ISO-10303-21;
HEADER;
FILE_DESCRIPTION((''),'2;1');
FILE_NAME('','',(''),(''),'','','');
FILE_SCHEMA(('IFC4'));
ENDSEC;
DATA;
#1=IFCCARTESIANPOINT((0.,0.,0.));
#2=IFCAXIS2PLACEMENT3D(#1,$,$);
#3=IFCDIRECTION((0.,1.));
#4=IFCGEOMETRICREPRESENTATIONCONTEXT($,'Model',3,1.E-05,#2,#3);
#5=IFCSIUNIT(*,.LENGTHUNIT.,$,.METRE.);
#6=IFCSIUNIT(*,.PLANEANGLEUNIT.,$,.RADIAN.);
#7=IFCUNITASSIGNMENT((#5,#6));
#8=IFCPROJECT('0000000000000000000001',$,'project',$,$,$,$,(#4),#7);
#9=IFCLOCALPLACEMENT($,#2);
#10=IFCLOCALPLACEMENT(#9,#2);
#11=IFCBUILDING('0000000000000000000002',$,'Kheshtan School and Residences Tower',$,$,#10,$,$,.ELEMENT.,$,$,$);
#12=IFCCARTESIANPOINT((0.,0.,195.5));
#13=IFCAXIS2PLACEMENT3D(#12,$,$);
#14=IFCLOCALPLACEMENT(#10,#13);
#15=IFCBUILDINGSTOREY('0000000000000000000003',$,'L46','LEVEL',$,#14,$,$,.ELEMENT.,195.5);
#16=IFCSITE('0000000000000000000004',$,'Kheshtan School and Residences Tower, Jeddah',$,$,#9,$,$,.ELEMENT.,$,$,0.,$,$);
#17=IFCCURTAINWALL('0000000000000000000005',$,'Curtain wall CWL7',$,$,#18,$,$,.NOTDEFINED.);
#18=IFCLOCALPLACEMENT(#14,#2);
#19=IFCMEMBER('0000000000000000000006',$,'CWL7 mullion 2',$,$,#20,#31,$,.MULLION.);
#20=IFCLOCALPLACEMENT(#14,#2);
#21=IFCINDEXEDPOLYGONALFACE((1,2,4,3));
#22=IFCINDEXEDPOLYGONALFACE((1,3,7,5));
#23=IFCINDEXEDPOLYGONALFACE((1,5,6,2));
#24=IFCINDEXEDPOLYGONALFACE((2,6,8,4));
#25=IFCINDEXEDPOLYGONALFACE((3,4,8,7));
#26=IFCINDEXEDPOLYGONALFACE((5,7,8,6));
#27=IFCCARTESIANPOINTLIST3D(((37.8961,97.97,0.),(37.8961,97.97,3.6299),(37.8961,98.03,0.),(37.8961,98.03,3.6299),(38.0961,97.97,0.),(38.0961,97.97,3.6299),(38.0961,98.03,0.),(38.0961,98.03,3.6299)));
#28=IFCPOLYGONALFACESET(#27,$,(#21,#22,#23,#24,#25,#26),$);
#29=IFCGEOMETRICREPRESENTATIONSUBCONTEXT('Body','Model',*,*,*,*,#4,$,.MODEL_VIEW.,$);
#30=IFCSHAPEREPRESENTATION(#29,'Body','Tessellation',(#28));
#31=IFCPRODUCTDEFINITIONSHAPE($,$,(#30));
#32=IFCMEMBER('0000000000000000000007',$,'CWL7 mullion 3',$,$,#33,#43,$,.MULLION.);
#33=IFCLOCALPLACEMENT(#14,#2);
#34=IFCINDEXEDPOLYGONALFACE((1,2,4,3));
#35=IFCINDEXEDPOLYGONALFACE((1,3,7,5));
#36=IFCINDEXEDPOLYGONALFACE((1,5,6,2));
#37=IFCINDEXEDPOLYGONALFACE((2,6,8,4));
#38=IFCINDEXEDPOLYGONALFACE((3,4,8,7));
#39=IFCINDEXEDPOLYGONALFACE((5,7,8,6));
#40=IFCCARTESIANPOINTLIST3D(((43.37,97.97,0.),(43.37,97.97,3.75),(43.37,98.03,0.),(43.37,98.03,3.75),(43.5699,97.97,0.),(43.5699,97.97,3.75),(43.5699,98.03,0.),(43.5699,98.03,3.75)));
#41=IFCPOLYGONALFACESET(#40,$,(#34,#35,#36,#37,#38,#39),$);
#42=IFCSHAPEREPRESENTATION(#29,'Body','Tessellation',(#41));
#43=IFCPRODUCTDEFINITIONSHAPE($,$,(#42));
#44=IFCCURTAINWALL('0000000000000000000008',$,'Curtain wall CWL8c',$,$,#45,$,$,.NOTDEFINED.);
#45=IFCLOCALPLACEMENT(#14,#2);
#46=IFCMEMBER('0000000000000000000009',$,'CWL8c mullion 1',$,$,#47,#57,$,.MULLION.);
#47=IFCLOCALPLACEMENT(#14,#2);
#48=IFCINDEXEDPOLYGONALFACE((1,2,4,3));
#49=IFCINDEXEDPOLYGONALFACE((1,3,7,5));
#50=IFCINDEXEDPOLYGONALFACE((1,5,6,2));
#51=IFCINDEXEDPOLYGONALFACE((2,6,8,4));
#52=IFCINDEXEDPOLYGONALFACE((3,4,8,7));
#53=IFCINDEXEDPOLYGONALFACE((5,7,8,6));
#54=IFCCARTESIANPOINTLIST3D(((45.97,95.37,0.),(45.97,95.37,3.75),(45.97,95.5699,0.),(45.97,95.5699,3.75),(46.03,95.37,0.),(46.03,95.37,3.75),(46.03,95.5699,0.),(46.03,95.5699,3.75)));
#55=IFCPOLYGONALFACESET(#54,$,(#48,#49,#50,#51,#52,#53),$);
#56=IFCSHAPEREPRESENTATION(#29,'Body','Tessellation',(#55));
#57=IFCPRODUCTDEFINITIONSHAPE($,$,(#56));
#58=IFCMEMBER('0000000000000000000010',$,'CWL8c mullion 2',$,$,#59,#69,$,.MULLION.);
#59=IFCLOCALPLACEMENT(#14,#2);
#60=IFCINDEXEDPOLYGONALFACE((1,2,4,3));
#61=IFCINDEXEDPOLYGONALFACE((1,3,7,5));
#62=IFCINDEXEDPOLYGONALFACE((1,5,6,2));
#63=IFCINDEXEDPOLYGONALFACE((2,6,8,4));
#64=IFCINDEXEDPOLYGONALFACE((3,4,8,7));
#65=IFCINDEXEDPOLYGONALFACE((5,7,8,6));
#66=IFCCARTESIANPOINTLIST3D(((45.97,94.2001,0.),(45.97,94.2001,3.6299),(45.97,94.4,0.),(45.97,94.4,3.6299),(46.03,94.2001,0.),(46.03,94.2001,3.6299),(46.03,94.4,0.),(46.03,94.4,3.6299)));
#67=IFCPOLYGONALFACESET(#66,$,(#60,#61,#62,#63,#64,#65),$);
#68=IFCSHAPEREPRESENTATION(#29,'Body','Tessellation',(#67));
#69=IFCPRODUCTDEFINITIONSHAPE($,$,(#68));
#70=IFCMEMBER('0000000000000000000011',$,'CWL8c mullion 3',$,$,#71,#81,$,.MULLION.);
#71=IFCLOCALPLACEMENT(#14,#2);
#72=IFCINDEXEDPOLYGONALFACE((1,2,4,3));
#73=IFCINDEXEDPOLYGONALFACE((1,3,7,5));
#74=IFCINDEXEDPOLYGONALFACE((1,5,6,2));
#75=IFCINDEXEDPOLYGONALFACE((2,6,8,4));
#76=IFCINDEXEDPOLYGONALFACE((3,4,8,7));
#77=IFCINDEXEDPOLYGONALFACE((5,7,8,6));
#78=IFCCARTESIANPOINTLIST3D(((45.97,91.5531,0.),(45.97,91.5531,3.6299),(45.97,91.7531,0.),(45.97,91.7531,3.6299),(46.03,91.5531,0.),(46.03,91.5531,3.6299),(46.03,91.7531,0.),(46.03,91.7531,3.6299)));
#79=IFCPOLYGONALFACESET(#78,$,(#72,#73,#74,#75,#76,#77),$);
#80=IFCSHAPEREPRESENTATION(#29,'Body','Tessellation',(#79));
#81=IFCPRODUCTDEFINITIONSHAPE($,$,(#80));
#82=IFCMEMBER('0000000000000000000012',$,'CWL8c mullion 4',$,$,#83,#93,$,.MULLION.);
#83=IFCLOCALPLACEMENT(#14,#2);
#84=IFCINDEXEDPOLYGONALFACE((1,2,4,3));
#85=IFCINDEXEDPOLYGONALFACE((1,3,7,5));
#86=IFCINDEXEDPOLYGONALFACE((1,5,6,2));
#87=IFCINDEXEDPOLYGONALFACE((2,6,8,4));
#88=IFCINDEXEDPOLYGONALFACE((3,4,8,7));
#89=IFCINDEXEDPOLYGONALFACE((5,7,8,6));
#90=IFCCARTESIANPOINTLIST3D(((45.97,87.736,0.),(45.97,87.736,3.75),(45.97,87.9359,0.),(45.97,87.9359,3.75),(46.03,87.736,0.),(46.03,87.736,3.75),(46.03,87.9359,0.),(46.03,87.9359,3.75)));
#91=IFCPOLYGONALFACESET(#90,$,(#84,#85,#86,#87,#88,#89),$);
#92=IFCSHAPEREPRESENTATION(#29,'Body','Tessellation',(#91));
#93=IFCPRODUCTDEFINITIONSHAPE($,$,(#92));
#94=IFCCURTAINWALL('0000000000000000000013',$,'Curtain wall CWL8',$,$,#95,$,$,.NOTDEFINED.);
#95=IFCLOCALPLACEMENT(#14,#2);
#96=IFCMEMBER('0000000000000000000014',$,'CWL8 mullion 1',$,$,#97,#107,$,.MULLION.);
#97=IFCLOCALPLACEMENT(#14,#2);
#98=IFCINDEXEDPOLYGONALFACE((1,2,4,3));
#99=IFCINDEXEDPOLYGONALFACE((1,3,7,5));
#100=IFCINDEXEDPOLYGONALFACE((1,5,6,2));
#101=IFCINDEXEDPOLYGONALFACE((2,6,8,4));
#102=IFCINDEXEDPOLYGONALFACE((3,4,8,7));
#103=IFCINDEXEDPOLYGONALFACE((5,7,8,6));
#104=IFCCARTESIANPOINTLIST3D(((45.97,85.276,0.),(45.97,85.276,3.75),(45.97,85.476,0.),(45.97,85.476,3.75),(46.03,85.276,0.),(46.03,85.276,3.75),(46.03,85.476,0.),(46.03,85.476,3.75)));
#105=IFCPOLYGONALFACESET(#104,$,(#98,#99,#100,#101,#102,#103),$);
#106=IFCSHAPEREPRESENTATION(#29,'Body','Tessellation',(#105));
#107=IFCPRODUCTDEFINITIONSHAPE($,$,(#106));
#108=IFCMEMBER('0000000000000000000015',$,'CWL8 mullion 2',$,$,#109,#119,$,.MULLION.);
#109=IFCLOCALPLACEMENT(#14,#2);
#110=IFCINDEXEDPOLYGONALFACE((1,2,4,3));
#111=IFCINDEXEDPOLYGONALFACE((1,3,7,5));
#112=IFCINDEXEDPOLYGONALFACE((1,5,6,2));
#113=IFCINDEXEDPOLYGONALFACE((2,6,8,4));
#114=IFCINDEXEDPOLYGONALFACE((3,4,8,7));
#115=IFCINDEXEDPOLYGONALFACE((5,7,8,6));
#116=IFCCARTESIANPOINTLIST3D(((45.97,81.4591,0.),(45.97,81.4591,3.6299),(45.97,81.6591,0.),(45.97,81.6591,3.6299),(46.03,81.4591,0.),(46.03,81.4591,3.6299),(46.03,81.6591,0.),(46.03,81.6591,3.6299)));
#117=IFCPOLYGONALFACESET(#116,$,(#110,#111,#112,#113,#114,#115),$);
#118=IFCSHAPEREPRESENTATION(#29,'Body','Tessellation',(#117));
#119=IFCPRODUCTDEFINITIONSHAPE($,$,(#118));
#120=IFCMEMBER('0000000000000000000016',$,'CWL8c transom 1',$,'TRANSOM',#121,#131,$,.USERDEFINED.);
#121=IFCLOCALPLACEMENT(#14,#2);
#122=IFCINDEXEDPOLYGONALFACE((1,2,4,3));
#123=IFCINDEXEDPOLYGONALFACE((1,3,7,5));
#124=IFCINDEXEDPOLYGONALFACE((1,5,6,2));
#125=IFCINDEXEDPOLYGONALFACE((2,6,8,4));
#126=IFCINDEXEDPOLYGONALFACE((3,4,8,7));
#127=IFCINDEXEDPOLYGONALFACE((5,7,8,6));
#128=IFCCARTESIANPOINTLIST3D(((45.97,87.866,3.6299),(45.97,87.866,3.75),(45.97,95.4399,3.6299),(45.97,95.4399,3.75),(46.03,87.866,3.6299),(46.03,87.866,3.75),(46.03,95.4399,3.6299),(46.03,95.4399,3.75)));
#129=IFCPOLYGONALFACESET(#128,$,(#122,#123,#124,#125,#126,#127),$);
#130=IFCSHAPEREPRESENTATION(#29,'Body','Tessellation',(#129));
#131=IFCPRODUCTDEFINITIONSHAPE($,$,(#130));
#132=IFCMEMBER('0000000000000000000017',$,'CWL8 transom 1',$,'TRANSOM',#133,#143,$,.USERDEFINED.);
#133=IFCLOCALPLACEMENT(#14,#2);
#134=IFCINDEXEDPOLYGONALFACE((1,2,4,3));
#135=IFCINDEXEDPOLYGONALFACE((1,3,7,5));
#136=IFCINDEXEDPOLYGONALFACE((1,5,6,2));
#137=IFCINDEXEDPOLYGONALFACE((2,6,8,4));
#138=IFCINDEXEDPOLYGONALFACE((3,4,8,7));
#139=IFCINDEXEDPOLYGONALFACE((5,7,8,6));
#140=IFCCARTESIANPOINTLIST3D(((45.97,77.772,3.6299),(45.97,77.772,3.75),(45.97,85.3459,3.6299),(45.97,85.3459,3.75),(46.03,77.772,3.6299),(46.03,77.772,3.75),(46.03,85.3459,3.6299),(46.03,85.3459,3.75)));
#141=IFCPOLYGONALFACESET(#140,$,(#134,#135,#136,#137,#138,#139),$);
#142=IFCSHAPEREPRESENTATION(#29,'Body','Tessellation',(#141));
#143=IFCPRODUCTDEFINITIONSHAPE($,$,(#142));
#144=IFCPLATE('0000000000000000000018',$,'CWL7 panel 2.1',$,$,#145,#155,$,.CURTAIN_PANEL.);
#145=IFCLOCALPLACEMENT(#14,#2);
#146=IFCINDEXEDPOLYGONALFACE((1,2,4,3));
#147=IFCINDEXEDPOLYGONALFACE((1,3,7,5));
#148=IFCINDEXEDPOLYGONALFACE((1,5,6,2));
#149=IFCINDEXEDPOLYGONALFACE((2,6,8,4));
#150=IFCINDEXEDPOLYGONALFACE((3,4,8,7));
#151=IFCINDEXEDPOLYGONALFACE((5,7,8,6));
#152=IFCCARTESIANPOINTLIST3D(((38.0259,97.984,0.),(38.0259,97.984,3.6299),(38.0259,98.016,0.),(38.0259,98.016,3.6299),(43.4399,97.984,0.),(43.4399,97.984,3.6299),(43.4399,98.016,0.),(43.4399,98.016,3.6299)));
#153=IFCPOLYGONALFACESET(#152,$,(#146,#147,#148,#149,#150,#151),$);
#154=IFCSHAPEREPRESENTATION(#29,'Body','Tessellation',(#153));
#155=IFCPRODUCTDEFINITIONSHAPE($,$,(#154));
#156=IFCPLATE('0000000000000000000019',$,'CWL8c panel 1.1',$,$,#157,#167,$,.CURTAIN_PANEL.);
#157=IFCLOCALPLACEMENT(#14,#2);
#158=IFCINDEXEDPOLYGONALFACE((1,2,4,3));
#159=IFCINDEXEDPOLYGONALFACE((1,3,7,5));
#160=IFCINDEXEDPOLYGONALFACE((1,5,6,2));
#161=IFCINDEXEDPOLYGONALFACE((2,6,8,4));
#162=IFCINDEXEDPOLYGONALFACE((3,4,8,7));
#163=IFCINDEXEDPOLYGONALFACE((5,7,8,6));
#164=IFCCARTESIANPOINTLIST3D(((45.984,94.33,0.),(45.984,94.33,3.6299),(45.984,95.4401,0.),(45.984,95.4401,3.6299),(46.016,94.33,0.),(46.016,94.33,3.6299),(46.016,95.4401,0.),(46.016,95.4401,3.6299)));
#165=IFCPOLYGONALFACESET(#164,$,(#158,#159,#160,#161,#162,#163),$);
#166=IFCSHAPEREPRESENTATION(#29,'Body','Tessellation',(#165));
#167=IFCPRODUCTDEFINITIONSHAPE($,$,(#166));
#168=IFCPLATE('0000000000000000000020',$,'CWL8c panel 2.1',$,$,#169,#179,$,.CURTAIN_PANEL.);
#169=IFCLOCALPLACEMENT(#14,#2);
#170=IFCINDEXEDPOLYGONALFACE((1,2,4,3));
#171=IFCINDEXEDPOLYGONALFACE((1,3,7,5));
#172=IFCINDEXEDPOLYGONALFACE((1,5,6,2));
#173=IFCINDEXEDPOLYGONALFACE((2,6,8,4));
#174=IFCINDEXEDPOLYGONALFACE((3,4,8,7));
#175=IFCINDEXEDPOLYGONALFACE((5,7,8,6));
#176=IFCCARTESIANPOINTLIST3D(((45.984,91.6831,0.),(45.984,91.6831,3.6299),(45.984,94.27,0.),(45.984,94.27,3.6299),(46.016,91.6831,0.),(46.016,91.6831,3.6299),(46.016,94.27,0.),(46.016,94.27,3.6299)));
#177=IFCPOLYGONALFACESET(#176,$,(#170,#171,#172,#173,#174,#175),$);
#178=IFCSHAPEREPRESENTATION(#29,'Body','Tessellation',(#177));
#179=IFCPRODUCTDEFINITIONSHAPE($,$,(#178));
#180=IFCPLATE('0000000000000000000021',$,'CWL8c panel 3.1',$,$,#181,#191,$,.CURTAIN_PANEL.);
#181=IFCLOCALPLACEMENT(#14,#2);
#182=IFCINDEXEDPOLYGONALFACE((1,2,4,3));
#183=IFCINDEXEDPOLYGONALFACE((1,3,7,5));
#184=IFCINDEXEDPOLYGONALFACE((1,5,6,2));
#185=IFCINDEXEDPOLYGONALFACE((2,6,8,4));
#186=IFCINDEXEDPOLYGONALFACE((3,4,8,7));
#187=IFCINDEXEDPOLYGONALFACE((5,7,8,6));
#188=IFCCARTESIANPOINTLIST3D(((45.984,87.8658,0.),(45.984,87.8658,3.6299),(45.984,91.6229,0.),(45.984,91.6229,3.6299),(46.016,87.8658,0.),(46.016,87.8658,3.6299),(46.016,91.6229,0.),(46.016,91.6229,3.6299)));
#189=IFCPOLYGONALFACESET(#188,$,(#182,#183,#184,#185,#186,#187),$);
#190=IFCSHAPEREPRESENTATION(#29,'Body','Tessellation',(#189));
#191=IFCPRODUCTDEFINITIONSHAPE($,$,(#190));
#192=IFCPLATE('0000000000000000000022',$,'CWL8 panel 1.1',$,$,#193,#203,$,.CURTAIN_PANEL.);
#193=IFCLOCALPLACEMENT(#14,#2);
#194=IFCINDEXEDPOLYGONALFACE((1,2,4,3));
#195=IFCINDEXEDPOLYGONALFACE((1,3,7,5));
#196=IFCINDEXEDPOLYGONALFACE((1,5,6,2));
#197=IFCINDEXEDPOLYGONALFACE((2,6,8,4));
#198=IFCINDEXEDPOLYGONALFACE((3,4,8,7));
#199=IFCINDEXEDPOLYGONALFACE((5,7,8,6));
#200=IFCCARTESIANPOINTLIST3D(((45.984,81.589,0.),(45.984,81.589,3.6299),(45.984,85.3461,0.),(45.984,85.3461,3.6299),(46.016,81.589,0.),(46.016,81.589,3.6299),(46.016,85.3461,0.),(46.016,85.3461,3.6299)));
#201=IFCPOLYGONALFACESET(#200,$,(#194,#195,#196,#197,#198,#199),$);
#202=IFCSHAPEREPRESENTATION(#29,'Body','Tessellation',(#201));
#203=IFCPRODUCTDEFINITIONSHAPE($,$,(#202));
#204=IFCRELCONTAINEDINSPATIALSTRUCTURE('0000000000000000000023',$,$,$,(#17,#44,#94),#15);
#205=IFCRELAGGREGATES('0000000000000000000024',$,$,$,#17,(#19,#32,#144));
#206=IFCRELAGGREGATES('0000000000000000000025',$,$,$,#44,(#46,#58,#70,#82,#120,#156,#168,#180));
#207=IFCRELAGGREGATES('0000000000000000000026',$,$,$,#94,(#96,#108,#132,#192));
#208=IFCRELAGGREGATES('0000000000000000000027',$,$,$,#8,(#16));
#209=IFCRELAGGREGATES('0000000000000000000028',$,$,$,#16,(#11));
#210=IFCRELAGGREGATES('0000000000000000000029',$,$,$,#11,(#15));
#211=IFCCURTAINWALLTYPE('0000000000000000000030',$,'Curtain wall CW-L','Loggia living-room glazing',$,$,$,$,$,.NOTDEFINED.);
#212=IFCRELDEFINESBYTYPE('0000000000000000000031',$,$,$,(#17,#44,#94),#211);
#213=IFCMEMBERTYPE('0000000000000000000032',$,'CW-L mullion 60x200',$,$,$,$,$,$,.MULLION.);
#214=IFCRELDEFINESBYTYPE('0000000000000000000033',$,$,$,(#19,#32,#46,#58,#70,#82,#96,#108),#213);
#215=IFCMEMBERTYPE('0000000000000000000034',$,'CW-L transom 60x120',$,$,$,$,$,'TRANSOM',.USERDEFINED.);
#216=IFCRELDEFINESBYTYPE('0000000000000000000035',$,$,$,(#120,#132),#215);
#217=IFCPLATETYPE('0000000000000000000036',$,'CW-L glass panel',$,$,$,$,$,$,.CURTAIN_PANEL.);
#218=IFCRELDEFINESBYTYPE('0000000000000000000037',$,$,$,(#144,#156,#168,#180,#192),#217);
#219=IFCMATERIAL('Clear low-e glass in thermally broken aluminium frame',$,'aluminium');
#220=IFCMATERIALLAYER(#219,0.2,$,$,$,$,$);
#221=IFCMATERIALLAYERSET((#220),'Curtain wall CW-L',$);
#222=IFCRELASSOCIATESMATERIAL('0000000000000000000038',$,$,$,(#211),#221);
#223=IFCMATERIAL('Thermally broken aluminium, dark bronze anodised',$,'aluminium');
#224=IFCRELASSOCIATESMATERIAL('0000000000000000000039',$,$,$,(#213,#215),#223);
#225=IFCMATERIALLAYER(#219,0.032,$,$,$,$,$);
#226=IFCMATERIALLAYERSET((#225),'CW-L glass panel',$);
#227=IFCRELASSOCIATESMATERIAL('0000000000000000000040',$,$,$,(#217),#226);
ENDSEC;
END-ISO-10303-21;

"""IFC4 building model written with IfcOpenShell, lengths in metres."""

from ifc_helpers import new_model, si_unit, direction, frame, origin, origin_2d, place, context, subcontext, project, spatial, rectangle, extrude, material, layer, layer_set, material_profile, profile_set, type_object, element, aggregate, save


model = new_model("IFC4")

# Units and contexts
model_context = context("Model", 3, precision=1e-05, world=origin(), true_north=direction((0.0, 1.0)))
body_context = subcontext(model_context, "Body", "Model", "MODEL_VIEW")
ifc_project = project(units=[si_unit("LENGTHUNIT", "METRE"), si_unit("PLANEANGLEUNIT", "RADIAN")], contexts=[model_context])

# Site, building, storey
site_placement = place(None, origin())
site = spatial("IfcSite", under=ifc_project, at=site_placement, Name="Kheshtan School and Residences Tower, Jeddah", CompositionType="ELEMENT", RefElevation=0.0)
building_placement = place(site_placement, origin())
building = spatial("IfcBuilding", under=site, at=building_placement, Name="Kheshtan School and Residences Tower", CompositionType="ELEMENT")
storey_placement = place(building_placement, frame((0.0, 0.0, 195.5)))
storey = spatial("IfcBuildingStorey", under=building, at=storey_placement, Name="L46", Description="LEVEL", CompositionType="ELEMENT", Elevation=195.5)

# Curtain walls, members
ifc_material_1 = material(Name="Clear low-e glass in thermally broken aluminium frame", Category="aluminium")
ifc_layer_1 = layer(ifc_material_1, 0.2)
ifc_layer_set_1 = layer_set([ifc_layer_1], Name="Curtain wall CW-L")
curtain_wall_type = type_object("IfcCurtainWallType", Name="Curtain wall CW-L", Description="Loggia living-room glazing", PredefinedType="NOTDEFINED", material=ifc_layer_set_1)
curtain_wall_1_placement = place(storey_placement, origin())
curtain_wall_1 = element("IfcCurtainWall", 1, at=curtain_wall_1_placement, inside=storey, type_object=curtain_wall_type, Name="Curtain wall CWL7", PredefinedType="NOTDEFINED")
ifc_material_2 = material(Name="Thermally broken aluminium, dark bronze anodised", Category="aluminium")
ifc_material_profile_1 = material_profile(ifc_material_2, rectangle(XDim=0.0601, YDim=0.2, at=origin_2d()), Name="CW-L mullion 60x200")
ifc_profile_set_1 = profile_set([ifc_material_profile_1], Name="Thermally broken aluminium, dark bronze anodised")
member_type_1 = type_object("IfcMemberType", Name="CW-L mullion 60x200", PredefinedType="MULLION", material=ifc_profile_set_1)
member_1_placement = place(storey_placement, frame((37.9961, 98.0, 0.0), z_axis=(0.0, 0.0, 1.0), x_axis=(0.0, 1.0, 0.0)))
member_1 = element("IfcMember", 2, at=member_1_placement, type_object=member_type_1, Name="CWL7 mullion 2", PredefinedType="MULLION", context=body_context, shape_type="SweptSolid", body=[
    extrude(rectangle(XDim=0.0601, YDim=0.2, at=origin_2d()), origin(), (0.0, 0.0, 1.0), 3.6299),
])
member_2_placement = place(storey_placement, frame((43.47, 98.0, 0.0), z_axis=(0.0, 0.0, 1.0), x_axis=(0.0, 1.0, 0.0)))
member_2 = element("IfcMember", 3, at=member_2_placement, type_object=member_type_1, Name="CWL7 mullion 3", PredefinedType="MULLION", context=body_context, shape_type="SweptSolid", body=[
    extrude(rectangle(XDim=0.0601, YDim=0.2, at=origin_2d()), origin(), (0.0, 0.0, 1.0), 3.75),
])
curtain_wall_2_placement = place(storey_placement, origin())
curtain_wall_2 = element("IfcCurtainWall", 4, at=curtain_wall_2_placement, inside=storey, type_object=curtain_wall_type, Name="Curtain wall CWL8c", PredefinedType="NOTDEFINED")
member_3_placement = place(storey_placement, frame((46.0, 95.47, 0.0), z_axis=(0.0, 0.0, 1.0), x_axis=(1.0, 0.0, 0.0)))
member_3 = element("IfcMember", 5, at=member_3_placement, type_object=member_type_1, Name="CWL8c mullion 1", PredefinedType="MULLION", context=body_context, shape_type="SweptSolid", body=[
    extrude(rectangle(XDim=0.0601, YDim=0.2, at=origin_2d()), origin(), (0.0, 0.0, 1.0), 3.75),
])
member_4_placement = place(storey_placement, frame((46.0, 94.3, 0.0), z_axis=(0.0, 0.0, 1.0), x_axis=(1.0, 0.0, 0.0)))
member_4 = element("IfcMember", 6, at=member_4_placement, type_object=member_type_1, Name="CWL8c mullion 2", PredefinedType="MULLION", context=body_context, shape_type="SweptSolid", body=[
    extrude(rectangle(XDim=0.0601, YDim=0.2, at=origin_2d()), origin(), (0.0, 0.0, 1.0), 3.6299),
])
member_5_placement = place(storey_placement, frame((46.0, 91.6531, 0.0), z_axis=(0.0, 0.0, 1.0), x_axis=(1.0, 0.0, 0.0)))
member_5 = element("IfcMember", 7, at=member_5_placement, type_object=member_type_1, Name="CWL8c mullion 3", PredefinedType="MULLION", context=body_context, shape_type="SweptSolid", body=[
    extrude(rectangle(XDim=0.0601, YDim=0.2, at=origin_2d()), origin(), (0.0, 0.0, 1.0), 3.6299),
])
member_6_placement = place(storey_placement, frame((46.0, 87.8359, 0.0), z_axis=(0.0, 0.0, 1.0), x_axis=(1.0, 0.0, 0.0)))
member_6 = element("IfcMember", 8, at=member_6_placement, type_object=member_type_1, Name="CWL8c mullion 4", PredefinedType="MULLION", context=body_context, shape_type="SweptSolid", body=[
    extrude(rectangle(XDim=0.0601, YDim=0.2, at=origin_2d()), origin(), (0.0, 0.0, 1.0), 3.75),
])
curtain_wall_3_placement = place(storey_placement, origin())
curtain_wall_3 = element("IfcCurtainWall", 9, at=curtain_wall_3_placement, inside=storey, type_object=curtain_wall_type, Name="Curtain wall CWL8", PredefinedType="NOTDEFINED")
member_7_placement = place(storey_placement, frame((46.0, 85.376, 0.0), z_axis=(0.0, 0.0, 1.0), x_axis=(1.0, 0.0, 0.0)))
member_7 = element("IfcMember", 10, at=member_7_placement, type_object=member_type_1, Name="CWL8 mullion 1", PredefinedType="MULLION", context=body_context, shape_type="SweptSolid", body=[
    extrude(rectangle(XDim=0.0601, YDim=0.2, at=origin_2d()), origin(), (0.0, 0.0, 1.0), 3.75),
])
member_8_placement = place(storey_placement, frame((46.0, 81.5591, 0.0), z_axis=(0.0, 0.0, 1.0), x_axis=(1.0, 0.0, 0.0)))
member_8 = element("IfcMember", 11, at=member_8_placement, type_object=member_type_1, Name="CWL8 mullion 2", PredefinedType="MULLION", context=body_context, shape_type="SweptSolid", body=[
    extrude(rectangle(XDim=0.0601, YDim=0.2, at=origin_2d()), origin(), (0.0, 0.0, 1.0), 3.6299),
])

# Members
ifc_material_profile_2 = material_profile(ifc_material_2, rectangle(XDim=0.0601, YDim=0.1201, at=origin_2d()), Name="CW-L transom 60x120")
ifc_profile_set_2 = profile_set([ifc_material_profile_2], Name="Thermally broken aluminium, dark bronze anodised")
member_type_2 = type_object("IfcMemberType", Name="CW-L transom 60x120", ElementType="TRANSOM", PredefinedType="USERDEFINED", material=ifc_profile_set_2)
member_9_placement = place(storey_placement, frame((46.0, 95.4399, 3.6899), z_axis=(0.0, -1.0, 0.0), x_axis=(1.0, 0.0, 0.0)))
member_9 = element("IfcMember", 12, at=member_9_placement, type_object=member_type_2, Name="CWL8c transom 1", ObjectType="TRANSOM", PredefinedType="USERDEFINED", context=body_context, shape_type="SweptSolid", body=[
    extrude(rectangle(XDim=0.0601, YDim=0.1201, at=origin_2d()), origin(), (0.0, 0.0, 1.0), 7.574),
])
member_10_placement = place(storey_placement, frame((46.0, 85.3459, 3.6899), z_axis=(0.0, -1.0, 0.0), x_axis=(1.0, 0.0, 0.0)))
member_10 = element("IfcMember", 13, at=member_10_placement, type_object=member_type_2, Name="CWL8 transom 1", ObjectType="TRANSOM", PredefinedType="USERDEFINED", context=body_context, shape_type="SweptSolid", body=[
    extrude(rectangle(XDim=0.0601, YDim=0.1201, at=origin_2d()), origin(), (0.0, 0.0, 1.0), 7.574),
])

# Plates
ifc_layer_2 = layer(ifc_material_1, 0.032)
ifc_layer_set_2 = layer_set([ifc_layer_2], Name="CW-L glass panel")
plate_type = type_object("IfcPlateType", Name="CW-L glass panel", PredefinedType="CURTAIN_PANEL", material=ifc_layer_set_2)
plate_1_placement = place(storey_placement, frame((40.7329, 98.0, 0.0), z_axis=(0.0, 0.0, 1.0), x_axis=(1.0, 0.0, 0.0)))
plate_1 = element("IfcPlate", 14, at=plate_1_placement, type_object=plate_type, Name="CWL7 panel 2.1", PredefinedType="CURTAIN_PANEL", context=body_context, shape_type="SweptSolid", body=[
    extrude(rectangle(XDim=5.4141, YDim=0.032, at=origin_2d()), origin(), (0.0, 0.0, 1.0), 3.6299),
])
aggregate(curtain_wall_1, [member_1, member_2, plate_1])
plate_2_placement = place(storey_placement, frame((46.0, 94.885, 0.0), z_axis=(0.0, 0.0, 1.0), x_axis=(0.0, -1.0, 0.0)))
plate_2 = element("IfcPlate", 15, at=plate_2_placement, type_object=plate_type, Name="CWL8c panel 1.1", PredefinedType="CURTAIN_PANEL", context=body_context, shape_type="SweptSolid", body=[
    extrude(rectangle(XDim=1.1101, YDim=0.032, at=origin_2d()), origin(), (0.0, 0.0, 1.0), 3.6299),
])
plate_3_placement = place(storey_placement, frame((46.0, 92.9766, 0.0), z_axis=(0.0, 0.0, 1.0), x_axis=(0.0, -1.0, 0.0)))
plate_3 = element("IfcPlate", 16, at=plate_3_placement, type_object=plate_type, Name="CWL8c panel 2.1", PredefinedType="CURTAIN_PANEL", context=body_context, shape_type="SweptSolid", body=[
    extrude(rectangle(XDim=2.5869, YDim=0.032, at=origin_2d()), origin(), (0.0, 0.0, 1.0), 3.6299),
])
plate_4_placement = place(storey_placement, frame((46.0, 89.7444, 0.0), z_axis=(0.0, 0.0, 1.0), x_axis=(0.0, -1.0, 0.0)))
plate_4 = element("IfcPlate", 17, at=plate_4_placement, type_object=plate_type, Name="CWL8c panel 3.1", PredefinedType="CURTAIN_PANEL", context=body_context, shape_type="SweptSolid", body=[
    extrude(rectangle(XDim=3.7571, YDim=0.032, at=origin_2d()), origin(), (0.0, 0.0, 1.0), 3.6299),
])
aggregate(curtain_wall_2, [member_3, member_4, member_5, member_6, member_9, plate_2, plate_3, plate_4])
plate_5_placement = place(storey_placement, frame((46.0, 83.4675, 0.0), z_axis=(0.0, 0.0, 1.0), x_axis=(0.0, -1.0, 0.0)))
plate_5 = element("IfcPlate", 18, at=plate_5_placement, type_object=plate_type, Name="CWL8 panel 1.1", PredefinedType="CURTAIN_PANEL", context=body_context, shape_type="SweptSolid", body=[
    extrude(rectangle(XDim=3.7571, YDim=0.032, at=origin_2d()), origin(), (0.0, 0.0, 1.0), 3.6299),
])
aggregate(curtain_wall_3, [member_7, member_8, member_10, plate_5])

save(model, "model.ifc")
